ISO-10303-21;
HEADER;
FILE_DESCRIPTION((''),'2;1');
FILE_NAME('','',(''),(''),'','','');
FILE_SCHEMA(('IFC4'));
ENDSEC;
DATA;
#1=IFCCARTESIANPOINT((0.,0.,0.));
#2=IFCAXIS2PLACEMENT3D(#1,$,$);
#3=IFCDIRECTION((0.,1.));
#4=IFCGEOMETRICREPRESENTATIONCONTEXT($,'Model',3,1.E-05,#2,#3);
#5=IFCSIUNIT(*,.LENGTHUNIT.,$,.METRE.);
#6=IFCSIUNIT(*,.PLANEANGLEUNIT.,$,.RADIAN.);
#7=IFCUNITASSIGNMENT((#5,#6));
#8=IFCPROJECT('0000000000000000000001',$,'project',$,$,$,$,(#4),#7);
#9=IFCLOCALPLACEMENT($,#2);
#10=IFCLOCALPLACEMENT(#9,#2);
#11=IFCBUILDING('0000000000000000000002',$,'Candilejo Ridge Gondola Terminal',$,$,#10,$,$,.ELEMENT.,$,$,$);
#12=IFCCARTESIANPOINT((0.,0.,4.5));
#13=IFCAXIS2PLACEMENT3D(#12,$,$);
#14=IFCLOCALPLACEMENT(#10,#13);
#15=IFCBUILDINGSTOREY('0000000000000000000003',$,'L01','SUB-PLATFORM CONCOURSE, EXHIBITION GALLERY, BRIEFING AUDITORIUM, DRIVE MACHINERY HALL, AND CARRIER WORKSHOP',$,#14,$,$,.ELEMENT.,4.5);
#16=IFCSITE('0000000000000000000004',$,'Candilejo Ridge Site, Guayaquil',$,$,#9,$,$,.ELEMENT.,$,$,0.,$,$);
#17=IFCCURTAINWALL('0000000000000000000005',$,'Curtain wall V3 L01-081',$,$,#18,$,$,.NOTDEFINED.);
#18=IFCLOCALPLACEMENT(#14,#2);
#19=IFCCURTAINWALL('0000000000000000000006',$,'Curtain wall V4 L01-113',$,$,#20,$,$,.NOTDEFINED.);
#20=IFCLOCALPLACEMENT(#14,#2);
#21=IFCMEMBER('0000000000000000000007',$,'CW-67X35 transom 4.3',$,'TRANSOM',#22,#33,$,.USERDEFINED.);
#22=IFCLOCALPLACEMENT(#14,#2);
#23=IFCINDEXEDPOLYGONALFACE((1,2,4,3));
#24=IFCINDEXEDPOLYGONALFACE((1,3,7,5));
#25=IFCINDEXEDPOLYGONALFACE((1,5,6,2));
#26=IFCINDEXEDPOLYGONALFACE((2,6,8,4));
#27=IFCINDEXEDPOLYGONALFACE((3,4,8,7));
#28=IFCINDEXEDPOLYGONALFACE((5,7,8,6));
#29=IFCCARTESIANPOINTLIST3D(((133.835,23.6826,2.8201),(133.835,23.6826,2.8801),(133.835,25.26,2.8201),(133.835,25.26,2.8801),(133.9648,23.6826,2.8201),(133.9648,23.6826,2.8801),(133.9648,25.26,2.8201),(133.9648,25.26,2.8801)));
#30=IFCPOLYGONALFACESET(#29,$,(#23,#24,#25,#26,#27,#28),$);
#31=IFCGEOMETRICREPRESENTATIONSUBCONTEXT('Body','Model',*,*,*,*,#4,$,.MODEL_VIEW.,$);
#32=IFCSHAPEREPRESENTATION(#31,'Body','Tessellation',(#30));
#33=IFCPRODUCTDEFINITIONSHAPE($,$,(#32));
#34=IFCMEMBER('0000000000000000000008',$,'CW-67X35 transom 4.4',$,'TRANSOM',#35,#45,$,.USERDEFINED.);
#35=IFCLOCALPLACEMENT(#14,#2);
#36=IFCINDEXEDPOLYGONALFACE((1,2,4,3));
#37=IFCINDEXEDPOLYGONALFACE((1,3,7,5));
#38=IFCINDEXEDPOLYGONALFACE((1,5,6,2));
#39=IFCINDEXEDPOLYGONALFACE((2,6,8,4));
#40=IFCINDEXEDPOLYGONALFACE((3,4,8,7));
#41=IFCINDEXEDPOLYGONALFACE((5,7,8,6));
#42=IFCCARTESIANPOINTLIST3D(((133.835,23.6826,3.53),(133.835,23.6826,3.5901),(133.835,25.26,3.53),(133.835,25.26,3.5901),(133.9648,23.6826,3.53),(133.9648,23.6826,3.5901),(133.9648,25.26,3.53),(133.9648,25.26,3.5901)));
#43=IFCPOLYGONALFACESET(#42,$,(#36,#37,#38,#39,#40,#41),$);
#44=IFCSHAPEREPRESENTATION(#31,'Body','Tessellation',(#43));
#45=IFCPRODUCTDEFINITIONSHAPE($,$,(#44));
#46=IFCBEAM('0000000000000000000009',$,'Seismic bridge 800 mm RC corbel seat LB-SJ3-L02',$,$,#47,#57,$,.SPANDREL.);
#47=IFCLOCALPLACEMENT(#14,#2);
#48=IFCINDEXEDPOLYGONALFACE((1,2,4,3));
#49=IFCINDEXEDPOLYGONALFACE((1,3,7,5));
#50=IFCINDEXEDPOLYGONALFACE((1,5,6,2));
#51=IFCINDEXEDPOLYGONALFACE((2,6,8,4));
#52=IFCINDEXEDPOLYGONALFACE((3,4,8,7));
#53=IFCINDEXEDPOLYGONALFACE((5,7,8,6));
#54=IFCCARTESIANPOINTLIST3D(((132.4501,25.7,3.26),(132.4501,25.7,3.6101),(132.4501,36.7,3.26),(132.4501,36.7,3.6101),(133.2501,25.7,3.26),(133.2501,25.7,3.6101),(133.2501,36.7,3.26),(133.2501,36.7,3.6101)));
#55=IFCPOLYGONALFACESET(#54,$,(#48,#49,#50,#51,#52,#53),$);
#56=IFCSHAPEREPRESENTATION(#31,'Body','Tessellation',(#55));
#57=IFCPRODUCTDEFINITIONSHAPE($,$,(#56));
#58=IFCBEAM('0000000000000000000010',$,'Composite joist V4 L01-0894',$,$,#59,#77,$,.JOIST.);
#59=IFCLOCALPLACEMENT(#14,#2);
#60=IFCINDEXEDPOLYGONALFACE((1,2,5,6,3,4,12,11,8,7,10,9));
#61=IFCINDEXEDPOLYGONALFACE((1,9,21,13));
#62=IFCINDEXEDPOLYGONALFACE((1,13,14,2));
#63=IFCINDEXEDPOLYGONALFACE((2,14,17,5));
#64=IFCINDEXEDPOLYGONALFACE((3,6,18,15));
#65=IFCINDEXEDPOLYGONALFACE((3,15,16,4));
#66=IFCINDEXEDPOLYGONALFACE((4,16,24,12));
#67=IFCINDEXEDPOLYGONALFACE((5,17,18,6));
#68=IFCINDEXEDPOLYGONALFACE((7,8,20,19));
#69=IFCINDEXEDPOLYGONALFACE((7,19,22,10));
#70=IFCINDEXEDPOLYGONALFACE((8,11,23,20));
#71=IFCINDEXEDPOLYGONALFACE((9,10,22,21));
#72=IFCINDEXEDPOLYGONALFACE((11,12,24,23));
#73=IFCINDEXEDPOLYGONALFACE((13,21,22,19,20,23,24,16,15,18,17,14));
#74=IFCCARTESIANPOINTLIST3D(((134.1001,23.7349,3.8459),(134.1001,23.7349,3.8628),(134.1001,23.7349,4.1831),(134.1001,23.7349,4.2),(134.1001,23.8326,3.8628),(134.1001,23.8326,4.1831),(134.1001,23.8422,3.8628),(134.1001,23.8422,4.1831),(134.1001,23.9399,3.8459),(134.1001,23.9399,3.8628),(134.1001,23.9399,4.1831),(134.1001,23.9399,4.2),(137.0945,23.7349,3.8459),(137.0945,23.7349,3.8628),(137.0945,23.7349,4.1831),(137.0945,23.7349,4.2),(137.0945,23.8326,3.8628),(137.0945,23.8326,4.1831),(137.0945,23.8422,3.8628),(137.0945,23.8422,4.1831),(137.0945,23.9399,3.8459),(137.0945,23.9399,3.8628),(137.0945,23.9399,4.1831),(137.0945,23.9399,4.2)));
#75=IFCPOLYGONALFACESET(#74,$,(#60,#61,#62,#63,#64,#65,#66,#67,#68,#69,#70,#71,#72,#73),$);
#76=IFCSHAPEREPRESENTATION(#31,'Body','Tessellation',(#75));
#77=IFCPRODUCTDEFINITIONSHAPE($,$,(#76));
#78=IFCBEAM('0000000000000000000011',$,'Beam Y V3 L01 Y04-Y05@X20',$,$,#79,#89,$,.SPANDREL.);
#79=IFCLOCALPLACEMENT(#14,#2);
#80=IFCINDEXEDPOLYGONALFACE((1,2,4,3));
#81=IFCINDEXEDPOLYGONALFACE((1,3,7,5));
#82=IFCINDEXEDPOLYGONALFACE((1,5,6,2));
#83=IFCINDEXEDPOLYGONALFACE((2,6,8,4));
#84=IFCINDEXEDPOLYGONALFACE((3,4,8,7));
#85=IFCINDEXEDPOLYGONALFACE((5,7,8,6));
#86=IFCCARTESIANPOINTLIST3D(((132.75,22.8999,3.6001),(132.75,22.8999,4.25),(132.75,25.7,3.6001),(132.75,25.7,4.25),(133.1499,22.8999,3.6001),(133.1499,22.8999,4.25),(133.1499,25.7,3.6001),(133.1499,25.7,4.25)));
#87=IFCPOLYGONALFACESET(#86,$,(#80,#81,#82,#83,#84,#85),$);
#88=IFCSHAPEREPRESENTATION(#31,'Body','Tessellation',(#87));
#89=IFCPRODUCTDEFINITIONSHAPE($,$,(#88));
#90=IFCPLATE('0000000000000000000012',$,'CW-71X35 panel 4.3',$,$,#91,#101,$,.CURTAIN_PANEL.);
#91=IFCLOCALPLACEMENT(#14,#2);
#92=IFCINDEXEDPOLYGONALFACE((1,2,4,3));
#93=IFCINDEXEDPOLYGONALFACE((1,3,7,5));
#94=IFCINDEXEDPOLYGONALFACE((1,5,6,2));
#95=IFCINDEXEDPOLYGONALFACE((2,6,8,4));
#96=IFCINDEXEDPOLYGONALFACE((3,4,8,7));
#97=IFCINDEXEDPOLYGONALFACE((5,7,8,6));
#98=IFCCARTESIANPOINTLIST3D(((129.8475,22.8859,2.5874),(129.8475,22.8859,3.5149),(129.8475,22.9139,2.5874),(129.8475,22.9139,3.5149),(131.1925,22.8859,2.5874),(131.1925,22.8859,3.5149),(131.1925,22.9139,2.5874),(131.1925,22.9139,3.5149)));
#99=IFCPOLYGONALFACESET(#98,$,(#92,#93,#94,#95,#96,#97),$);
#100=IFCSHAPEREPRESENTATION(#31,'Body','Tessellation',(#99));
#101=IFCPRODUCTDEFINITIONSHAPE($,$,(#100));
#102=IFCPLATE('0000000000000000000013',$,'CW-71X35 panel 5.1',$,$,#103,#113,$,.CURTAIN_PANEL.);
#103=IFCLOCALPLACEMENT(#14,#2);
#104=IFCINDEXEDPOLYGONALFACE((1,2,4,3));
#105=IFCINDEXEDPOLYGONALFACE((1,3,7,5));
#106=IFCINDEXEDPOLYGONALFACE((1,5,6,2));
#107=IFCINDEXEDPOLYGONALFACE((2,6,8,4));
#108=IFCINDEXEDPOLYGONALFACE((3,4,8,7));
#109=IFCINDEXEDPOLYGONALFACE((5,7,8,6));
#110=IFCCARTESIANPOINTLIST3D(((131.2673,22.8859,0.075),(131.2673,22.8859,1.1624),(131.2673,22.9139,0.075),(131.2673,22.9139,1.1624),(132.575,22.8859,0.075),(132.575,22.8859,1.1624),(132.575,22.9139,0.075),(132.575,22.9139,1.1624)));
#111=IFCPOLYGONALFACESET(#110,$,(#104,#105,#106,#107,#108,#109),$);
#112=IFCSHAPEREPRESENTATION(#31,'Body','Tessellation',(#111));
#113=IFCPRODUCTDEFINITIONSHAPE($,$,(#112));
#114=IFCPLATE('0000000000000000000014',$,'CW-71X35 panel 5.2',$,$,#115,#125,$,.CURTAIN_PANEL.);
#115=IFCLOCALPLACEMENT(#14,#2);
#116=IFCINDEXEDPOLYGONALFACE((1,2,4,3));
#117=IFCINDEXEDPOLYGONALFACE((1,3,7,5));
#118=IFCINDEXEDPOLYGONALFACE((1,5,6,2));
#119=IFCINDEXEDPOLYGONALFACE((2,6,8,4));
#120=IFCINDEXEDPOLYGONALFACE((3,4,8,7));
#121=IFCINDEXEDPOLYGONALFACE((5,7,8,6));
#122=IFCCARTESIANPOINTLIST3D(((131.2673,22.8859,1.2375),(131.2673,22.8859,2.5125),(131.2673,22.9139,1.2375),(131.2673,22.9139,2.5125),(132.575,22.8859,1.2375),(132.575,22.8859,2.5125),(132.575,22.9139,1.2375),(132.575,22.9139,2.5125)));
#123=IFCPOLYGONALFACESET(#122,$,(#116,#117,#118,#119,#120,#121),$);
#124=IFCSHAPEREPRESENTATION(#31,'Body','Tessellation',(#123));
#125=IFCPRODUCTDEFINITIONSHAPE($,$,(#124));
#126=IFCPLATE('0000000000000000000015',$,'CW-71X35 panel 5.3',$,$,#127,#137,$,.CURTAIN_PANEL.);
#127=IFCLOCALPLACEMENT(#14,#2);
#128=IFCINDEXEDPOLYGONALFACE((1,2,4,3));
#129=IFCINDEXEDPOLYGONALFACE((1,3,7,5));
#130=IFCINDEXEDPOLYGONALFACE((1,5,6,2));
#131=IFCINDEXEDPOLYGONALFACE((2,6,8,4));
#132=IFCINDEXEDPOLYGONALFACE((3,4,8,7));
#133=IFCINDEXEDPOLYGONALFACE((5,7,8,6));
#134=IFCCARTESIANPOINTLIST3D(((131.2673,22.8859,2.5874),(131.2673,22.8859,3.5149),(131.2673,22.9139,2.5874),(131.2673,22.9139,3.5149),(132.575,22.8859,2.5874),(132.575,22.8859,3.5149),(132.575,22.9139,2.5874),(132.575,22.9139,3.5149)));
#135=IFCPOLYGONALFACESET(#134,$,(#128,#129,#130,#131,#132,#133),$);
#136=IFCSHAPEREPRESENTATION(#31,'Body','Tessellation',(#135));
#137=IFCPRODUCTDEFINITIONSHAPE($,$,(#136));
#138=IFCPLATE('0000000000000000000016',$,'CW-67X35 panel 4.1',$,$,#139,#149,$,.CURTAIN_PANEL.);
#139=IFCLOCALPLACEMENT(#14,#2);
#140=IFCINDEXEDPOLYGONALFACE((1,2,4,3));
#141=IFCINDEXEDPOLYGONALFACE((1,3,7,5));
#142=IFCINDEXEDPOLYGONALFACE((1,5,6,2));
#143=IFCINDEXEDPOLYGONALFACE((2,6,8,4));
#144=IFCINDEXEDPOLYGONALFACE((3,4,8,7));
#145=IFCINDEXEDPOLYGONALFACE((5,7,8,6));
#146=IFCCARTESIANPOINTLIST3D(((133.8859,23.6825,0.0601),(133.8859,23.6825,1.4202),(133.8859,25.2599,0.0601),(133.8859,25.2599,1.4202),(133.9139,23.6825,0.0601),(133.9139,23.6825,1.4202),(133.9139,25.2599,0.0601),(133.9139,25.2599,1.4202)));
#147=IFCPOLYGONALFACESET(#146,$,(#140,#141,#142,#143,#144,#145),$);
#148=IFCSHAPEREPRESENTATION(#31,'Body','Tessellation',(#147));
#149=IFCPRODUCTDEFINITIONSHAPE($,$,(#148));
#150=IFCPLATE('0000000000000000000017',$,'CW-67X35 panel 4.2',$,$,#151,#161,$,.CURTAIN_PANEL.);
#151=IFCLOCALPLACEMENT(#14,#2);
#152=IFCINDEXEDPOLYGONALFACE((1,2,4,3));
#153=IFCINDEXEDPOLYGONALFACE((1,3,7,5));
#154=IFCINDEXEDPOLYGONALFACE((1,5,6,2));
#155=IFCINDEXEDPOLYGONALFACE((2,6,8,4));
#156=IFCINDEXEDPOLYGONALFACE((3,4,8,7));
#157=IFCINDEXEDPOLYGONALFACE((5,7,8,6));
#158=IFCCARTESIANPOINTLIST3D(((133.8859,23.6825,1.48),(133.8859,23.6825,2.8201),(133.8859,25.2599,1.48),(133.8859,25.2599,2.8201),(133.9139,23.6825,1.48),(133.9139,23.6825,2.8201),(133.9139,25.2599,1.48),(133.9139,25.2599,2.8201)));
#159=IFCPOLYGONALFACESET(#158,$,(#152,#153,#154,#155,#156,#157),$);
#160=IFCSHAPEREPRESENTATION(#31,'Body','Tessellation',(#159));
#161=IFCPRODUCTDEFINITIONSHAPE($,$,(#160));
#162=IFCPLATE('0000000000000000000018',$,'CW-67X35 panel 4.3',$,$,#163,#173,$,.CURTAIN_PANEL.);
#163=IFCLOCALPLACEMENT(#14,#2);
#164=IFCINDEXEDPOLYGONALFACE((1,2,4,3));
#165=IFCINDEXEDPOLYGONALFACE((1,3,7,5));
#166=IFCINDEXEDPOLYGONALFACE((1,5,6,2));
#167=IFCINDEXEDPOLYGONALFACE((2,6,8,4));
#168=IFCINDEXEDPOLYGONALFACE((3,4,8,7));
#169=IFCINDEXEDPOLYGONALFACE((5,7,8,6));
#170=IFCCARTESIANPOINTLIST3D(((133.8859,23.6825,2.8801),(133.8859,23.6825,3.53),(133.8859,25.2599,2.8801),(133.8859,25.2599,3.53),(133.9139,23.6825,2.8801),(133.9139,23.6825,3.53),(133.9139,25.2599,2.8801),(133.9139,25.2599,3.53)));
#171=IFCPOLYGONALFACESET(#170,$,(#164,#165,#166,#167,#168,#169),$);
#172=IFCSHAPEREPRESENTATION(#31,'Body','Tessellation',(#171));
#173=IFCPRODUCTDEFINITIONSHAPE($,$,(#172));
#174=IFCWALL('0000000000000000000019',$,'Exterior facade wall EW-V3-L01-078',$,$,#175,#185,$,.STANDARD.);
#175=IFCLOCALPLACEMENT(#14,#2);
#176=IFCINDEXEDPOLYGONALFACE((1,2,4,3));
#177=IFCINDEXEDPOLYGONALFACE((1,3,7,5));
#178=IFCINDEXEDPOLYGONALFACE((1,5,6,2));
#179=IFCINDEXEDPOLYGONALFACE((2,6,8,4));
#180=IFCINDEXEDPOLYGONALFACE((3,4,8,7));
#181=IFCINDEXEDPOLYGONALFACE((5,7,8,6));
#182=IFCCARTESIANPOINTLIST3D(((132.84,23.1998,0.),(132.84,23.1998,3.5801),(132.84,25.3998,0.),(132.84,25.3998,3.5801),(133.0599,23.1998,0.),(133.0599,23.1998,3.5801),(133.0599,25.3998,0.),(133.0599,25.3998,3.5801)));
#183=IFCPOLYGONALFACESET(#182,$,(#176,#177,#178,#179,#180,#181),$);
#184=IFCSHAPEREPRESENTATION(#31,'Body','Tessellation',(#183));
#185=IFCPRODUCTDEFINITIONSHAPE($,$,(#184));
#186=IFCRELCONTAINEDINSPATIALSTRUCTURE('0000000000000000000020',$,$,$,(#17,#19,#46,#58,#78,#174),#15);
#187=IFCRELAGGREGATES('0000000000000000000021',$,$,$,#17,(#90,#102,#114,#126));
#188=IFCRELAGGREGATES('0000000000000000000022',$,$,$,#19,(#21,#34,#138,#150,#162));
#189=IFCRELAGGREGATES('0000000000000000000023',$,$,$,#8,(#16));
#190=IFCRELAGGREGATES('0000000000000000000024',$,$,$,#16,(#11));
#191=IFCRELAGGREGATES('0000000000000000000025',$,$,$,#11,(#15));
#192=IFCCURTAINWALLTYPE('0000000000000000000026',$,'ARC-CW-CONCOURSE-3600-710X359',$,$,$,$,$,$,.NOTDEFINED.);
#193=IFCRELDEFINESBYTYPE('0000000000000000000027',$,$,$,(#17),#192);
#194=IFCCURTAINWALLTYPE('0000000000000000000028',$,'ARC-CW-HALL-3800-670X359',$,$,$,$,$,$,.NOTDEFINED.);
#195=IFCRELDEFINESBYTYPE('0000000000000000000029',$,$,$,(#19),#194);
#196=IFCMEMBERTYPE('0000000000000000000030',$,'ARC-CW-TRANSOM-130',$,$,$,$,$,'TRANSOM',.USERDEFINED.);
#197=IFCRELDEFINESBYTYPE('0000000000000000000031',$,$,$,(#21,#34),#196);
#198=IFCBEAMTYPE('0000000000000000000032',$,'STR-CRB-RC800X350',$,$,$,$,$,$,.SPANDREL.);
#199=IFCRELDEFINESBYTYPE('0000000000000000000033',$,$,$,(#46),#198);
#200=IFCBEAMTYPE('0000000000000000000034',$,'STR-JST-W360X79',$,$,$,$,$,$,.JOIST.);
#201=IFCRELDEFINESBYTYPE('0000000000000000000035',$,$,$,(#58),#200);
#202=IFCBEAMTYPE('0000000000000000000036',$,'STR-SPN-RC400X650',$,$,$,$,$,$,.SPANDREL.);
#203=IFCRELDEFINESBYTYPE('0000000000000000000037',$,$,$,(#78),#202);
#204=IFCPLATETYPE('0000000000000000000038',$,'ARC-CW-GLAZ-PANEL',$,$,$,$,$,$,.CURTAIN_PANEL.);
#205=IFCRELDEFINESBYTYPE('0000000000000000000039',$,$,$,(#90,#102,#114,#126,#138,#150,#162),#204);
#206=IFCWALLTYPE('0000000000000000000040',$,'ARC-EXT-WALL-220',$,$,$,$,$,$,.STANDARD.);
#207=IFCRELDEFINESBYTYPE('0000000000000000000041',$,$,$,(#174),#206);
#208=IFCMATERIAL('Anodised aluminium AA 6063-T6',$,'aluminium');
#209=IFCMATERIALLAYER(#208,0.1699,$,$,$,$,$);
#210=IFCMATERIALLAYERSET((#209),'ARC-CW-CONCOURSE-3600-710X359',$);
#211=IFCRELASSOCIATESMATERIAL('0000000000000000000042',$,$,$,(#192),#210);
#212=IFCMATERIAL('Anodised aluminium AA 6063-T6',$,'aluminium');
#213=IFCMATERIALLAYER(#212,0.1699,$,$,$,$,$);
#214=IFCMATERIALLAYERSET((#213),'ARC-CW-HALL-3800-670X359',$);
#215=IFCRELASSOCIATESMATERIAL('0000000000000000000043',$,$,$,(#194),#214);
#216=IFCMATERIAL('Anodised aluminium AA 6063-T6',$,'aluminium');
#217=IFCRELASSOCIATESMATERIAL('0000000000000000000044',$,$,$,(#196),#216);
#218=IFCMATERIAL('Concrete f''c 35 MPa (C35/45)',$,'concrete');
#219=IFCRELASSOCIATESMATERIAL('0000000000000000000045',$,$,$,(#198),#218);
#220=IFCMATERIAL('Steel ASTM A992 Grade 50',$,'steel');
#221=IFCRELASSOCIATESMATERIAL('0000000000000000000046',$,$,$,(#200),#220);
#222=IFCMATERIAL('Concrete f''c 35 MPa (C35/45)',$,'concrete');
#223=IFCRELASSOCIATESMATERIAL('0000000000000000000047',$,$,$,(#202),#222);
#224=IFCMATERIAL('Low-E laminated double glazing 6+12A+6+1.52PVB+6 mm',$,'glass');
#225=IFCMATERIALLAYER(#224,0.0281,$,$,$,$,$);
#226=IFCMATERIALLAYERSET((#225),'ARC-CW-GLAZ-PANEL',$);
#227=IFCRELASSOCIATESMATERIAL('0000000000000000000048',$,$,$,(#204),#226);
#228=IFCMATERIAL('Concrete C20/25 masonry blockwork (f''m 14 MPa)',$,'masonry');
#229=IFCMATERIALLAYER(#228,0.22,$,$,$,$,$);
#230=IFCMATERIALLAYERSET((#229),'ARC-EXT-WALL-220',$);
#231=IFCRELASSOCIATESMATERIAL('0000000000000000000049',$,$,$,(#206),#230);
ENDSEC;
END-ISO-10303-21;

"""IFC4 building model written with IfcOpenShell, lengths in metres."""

from ifc_helpers import new_model, si_unit, direction, frame, frame_2d, origin, origin_2d, place, context, subcontext, project, spatial, rectangle, i_section, extrude, material, layer, layer_set, material_profile, profile_set, type_object, element, aggregate, save


model = new_model("IFC4")

# Units and contexts
model_context = context("Model", 3, precision=1e-05, world=origin(), true_north=direction((0.0, 1.0)))
body_context = subcontext(model_context, "Body", "Model", "MODEL_VIEW")
ifc_project = project(units=[si_unit("LENGTHUNIT", "METRE"), si_unit("PLANEANGLEUNIT", "RADIAN")], contexts=[model_context])

# Site, building, storey
site_placement = place(None, origin())
site = spatial("IfcSite", under=ifc_project, at=site_placement, Name="Candilejo Ridge Site, Guayaquil", CompositionType="ELEMENT", RefElevation=0.0)
building_placement = place(site_placement, origin())
building = spatial("IfcBuilding", under=site, at=building_placement, Name="Candilejo Ridge Gondola Terminal", CompositionType="ELEMENT")
storey_placement = place(building_placement, frame((0.0, 0.0, 4.5)))
storey = spatial("IfcBuildingStorey", under=building, at=storey_placement, Name="L01", Description="SUB-PLATFORM CONCOURSE, EXHIBITION GALLERY, BRIEFING AUDITORIUM, DRIVE MACHINERY HALL, AND CARRIER WORKSHOP", CompositionType="ELEMENT", Elevation=4.5)

# Curtain walls
ifc_material_1 = material(Name="Anodised aluminium AA 6063-T6", Category="aluminium")
ifc_layer_1 = layer(ifc_material_1, 0.1699)
ifc_layer_set_1 = layer_set([ifc_layer_1], Name="ARC-CW-CONCOURSE-3600-710X359")
curtain_wall_type_1 = type_object("IfcCurtainWallType", Name="ARC-CW-CONCOURSE-3600-710X359", PredefinedType="NOTDEFINED", material=ifc_layer_set_1)
curtain_wall_1_placement = place(storey_placement, origin())
curtain_wall_1 = element("IfcCurtainWall", 1, at=curtain_wall_1_placement, inside=storey, type_object=curtain_wall_type_1, Name="Curtain wall V3 L01-081", PredefinedType="NOTDEFINED")
ifc_material_2 = material(Name="Anodised aluminium AA 6063-T6", Category="aluminium")
ifc_layer_2 = layer(ifc_material_2, 0.1699)
ifc_layer_set_2 = layer_set([ifc_layer_2], Name="ARC-CW-HALL-3800-670X359")
curtain_wall_type_2 = type_object("IfcCurtainWallType", Name="ARC-CW-HALL-3800-670X359", PredefinedType="NOTDEFINED", material=ifc_layer_set_2)
curtain_wall_2_placement = place(storey_placement, origin())
curtain_wall_2 = element("IfcCurtainWall", 2, at=curtain_wall_2_placement, inside=storey, type_object=curtain_wall_type_2, Name="Curtain wall V4 L01-113", PredefinedType="NOTDEFINED")

# Members
ifc_material_3 = material(Name="Anodised aluminium AA 6063-T6", Category="aluminium")
ifc_material_profile_1 = material_profile(ifc_material_3, rectangle(XDim=0.1299, YDim=0.0601, at=origin_2d()))
ifc_profile_set_1 = profile_set([ifc_material_profile_1], Name="Anodised aluminium AA 6063-T6")
member_type_1 = type_object("IfcMemberType", Name="ARC-CW-TRANSOM-130", ElementType="TRANSOM", PredefinedType="USERDEFINED", material=ifc_profile_set_1)
member_1_placement = place(storey_placement, frame((133.8999, 23.6826, 2.8501), z_axis=(0.0, 1.0, 0.0), x_axis=(-1.0, 0.0, 0.0)))
member_1 = element("IfcMember", 3, at=member_1_placement, type_object=member_type_1, Name="CW-67X35 transom 4.3", ObjectType="TRANSOM", PredefinedType="USERDEFINED", context=body_context, shape_type="SweptSolid", body=[
    extrude(rectangle(XDim=0.1299, YDim=0.0601, at=origin_2d()), origin(), (0.0, 0.0, 1.0), 1.5774),
])
member_2_placement = place(storey_placement, frame((133.8999, 23.6826, 3.5601), z_axis=(0.0, 1.0, 0.0), x_axis=(-1.0, 0.0, 0.0)))
member_2 = element("IfcMember", 4, at=member_2_placement, type_object=member_type_1, Name="CW-67X35 transom 4.4", ObjectType="TRANSOM", PredefinedType="USERDEFINED", context=body_context, shape_type="SweptSolid", body=[
    extrude(rectangle(XDim=0.1299, YDim=0.0601, at=origin_2d()), origin(), (0.0, 0.0, 1.0), 1.5774),
])

# Beams
ifc_material_4 = material(Name="Concrete f'c 35 MPa (C35/45)", Category="concrete")
ifc_material_profile_2 = material_profile(ifc_material_4, rectangle(XDim=0.8, YDim=0.3501, at=origin_2d()))
ifc_profile_set_2 = profile_set([ifc_material_profile_2], Name="Concrete f'c 35 MPa (C35/45)")
beam_type_1 = type_object("IfcBeamType", Name="STR-CRB-RC800X350", PredefinedType="SPANDREL", material=ifc_profile_set_2)
beam_1_placement = place(storey_placement, frame((132.8501, 25.7, 3.4351), z_axis=(0.0, 1.0, 0.0), x_axis=(-1.0, 0.0, 0.0)))
element("IfcBeam", 5, at=beam_1_placement, inside=storey, type_object=beam_type_1, Name="Seismic bridge 800 mm RC corbel seat LB-SJ3-L02", PredefinedType="SPANDREL", context=body_context, shape_type="SweptSolid", body=[
    extrude(rectangle(XDim=0.8, YDim=0.3501, at=origin_2d()), origin(), (0.0, 0.0, 1.0), 11.0),
])
ifc_material_5 = material(Name="Steel ASTM A992 Grade 50", Category="steel")
ifc_material_profile_3 = material_profile(ifc_material_5, i_section(OverallWidth=0.2051, OverallDepth=0.354, WebThickness=0.0095, FlangeThickness=0.0168, at=origin_2d()))
ifc_profile_set_3 = profile_set([ifc_material_profile_3], Name="Steel ASTM A992 Grade 50")
beam_type_2 = type_object("IfcBeamType", Name="STR-JST-W360X79", PredefinedType="JOIST", material=ifc_profile_set_3)
beam_2_placement = place(storey_placement, frame((134.1001, 23.8374, 4.0229), z_axis=(1.0, 0.0, 0.0), x_axis=(0.0, 1.0, 0.0)))
element("IfcBeam", 6, at=beam_2_placement, inside=storey, type_object=beam_type_2, Name="Composite joist V4 L01-0894", PredefinedType="JOIST", context=body_context, shape_type="SweptSolid", body=[
    extrude(i_section(OverallWidth=0.2051, OverallDepth=0.354, WebThickness=0.0095, FlangeThickness=0.0168, at=origin_2d()), origin(), (0.0, 0.0, 1.0), 2.9944),
])
ifc_material_6 = material(Name="Concrete f'c 35 MPa (C35/45)", Category="concrete")
ifc_material_profile_4 = material_profile(ifc_material_6, rectangle(XDim=0.3999, YDim=0.6499, at=origin_2d()))
ifc_profile_set_4 = profile_set([ifc_material_profile_4], Name="Concrete f'c 35 MPa (C35/45)")
beam_type_3 = type_object("IfcBeamType", Name="STR-SPN-RC400X650", PredefinedType="SPANDREL", material=ifc_profile_set_4)
beam_3_placement = place(storey_placement, frame((132.95, 22.8999, 3.925), z_axis=(0.0, 1.0, 0.0), x_axis=(-1.0, 0.0, 0.0)))
element("IfcBeam", 7, at=beam_3_placement, inside=storey, type_object=beam_type_3, Name="Beam Y V3 L01 Y04-Y05@X20", PredefinedType="SPANDREL", context=body_context, shape_type="SweptSolid", body=[
    extrude(rectangle(XDim=0.3999, YDim=0.6499, at=origin_2d()), origin(), (0.0, 0.0, 1.0), 2.8),
])

# Plates
ifc_material_7 = material(Name="Low-E laminated double glazing 6+12A+6+1.52PVB+6 mm", Category="glass")
ifc_layer_3 = layer(ifc_material_7, 0.0281)
ifc_layer_set_3 = layer_set([ifc_layer_3], Name="ARC-CW-GLAZ-PANEL")
plate_type = type_object("IfcPlateType", Name="ARC-CW-GLAZ-PANEL", PredefinedType="CURTAIN_PANEL", material=ifc_layer_set_3)
plate_1_placement = place(storey_placement, frame((130.52, 22.8999, 2.5874), z_axis=(0.0, 0.0, 1.0), x_axis=(1.0, 0.0, 0.0)))
plate_1 = element("IfcPlate", 8, at=plate_1_placement, type_object=plate_type, Name="CW-71X35 panel 4.3", PredefinedType="CURTAIN_PANEL", context=body_context, shape_type="SweptSolid", body=[
    extrude(rectangle(XDim=1.345, YDim=0.0281, at=origin_2d()), origin(), (0.0, 0.0, 1.0), 0.9275),
])
plate_2_placement = place(storey_placement, frame((131.9211, 22.8999, 0.075), z_axis=(0.0, 0.0, 1.0), x_axis=(1.0, 0.0, 0.0)))
plate_2 = element("IfcPlate", 9, at=plate_2_placement, type_object=plate_type, Name="CW-71X35 panel 5.1", PredefinedType="CURTAIN_PANEL", context=body_context, shape_type="SweptSolid", body=[
    extrude(rectangle(XDim=1.3076, YDim=0.0281, at=origin_2d()), origin(), (0.0, 0.0, 1.0), 1.0874),
])
plate_3_placement = place(storey_placement, frame((131.9211, 22.8999, 1.2375), z_axis=(0.0, 0.0, 1.0), x_axis=(1.0, 0.0, 0.0)))
plate_3 = element("IfcPlate", 10, at=plate_3_placement, type_object=plate_type, Name="CW-71X35 panel 5.2", PredefinedType="CURTAIN_PANEL", context=body_context, shape_type="SweptSolid", body=[
    extrude(rectangle(XDim=1.3076, YDim=0.0281, at=origin_2d()), origin(), (0.0, 0.0, 1.0), 1.2749),
])
plate_4_placement = place(storey_placement, frame((131.9211, 22.8999, 2.5874), z_axis=(0.0, 0.0, 1.0), x_axis=(1.0, 0.0, 0.0)))
plate_4 = element("IfcPlate", 11, at=plate_4_placement, type_object=plate_type, Name="CW-71X35 panel 5.3", PredefinedType="CURTAIN_PANEL", context=body_context, shape_type="SweptSolid", body=[
    extrude(rectangle(XDim=1.3076, YDim=0.0281, at=origin_2d()), origin(), (0.0, 0.0, 1.0), 0.9275),
])
aggregate(curtain_wall_1, [plate_1, plate_2, plate_3, plate_4])
plate_5_placement = place(storey_placement, frame((133.8999, 24.4712, 0.0601), z_axis=(0.0, 0.0, 1.0), x_axis=(0.0, 1.0, 0.0)))
plate_5 = element("IfcPlate", 12, at=plate_5_placement, type_object=plate_type, Name="CW-67X35 panel 4.1", PredefinedType="CURTAIN_PANEL", context=body_context, shape_type="SweptSolid", body=[
    extrude(rectangle(XDim=1.5774, YDim=0.0281, at=origin_2d()), origin(), (0.0, 0.0, 1.0), 1.3601),
])
plate_6_placement = place(storey_placement, frame((133.8999, 24.4712, 1.48), z_axis=(0.0, 0.0, 1.0), x_axis=(0.0, 1.0, 0.0)))
plate_6 = element("IfcPlate", 13, at=plate_6_placement, type_object=plate_type, Name="CW-67X35 panel 4.2", PredefinedType="CURTAIN_PANEL", context=body_context, shape_type="SweptSolid", body=[
    extrude(rectangle(XDim=1.5774, YDim=0.0281, at=origin_2d()), origin(), (0.0, 0.0, 1.0), 1.3401),
])
plate_7_placement = place(storey_placement, frame((133.8999, 24.4712, 2.8801), z_axis=(0.0, 0.0, 1.0), x_axis=(0.0, 1.0, 0.0)))
plate_7 = element("IfcPlate", 14, at=plate_7_placement, type_object=plate_type, Name="CW-67X35 panel 4.3", PredefinedType="CURTAIN_PANEL", context=body_context, shape_type="SweptSolid", body=[
    extrude(rectangle(XDim=1.5774, YDim=0.0281, at=origin_2d()), origin(), (0.0, 0.0, 1.0), 0.6499),
])
aggregate(curtain_wall_2, [member_1, member_2, plate_5, plate_6, plate_7])

# Wall
ifc_material_8 = material(Name="Concrete C20/25 masonry blockwork (f'm 14 MPa)", Category="masonry")
ifc_layer_4 = layer(ifc_material_8, 0.22)
ifc_layer_set_4 = layer_set([ifc_layer_4], Name="ARC-EXT-WALL-220")
wall_type = type_object("IfcWallType", Name="ARC-EXT-WALL-220", PredefinedType="STANDARD", material=ifc_layer_set_4)
wall_placement = place(storey_placement, frame((132.95, 25.3999, 0.0), z_axis=(0.0, 0.0, 1.0), x_axis=(0.0, -1.0, 0.0)))
element("IfcWall", 15, at=wall_placement, inside=storey, type_object=wall_type, Name="Exterior facade wall EW-V3-L01-078", PredefinedType="STANDARD", context=body_context, shape_type="SweptSolid", body=[
    extrude(rectangle(XDim=2.2, YDim=0.22, at=frame_2d((1.1001, 0.0))), origin(), (0.0, 0.0, 1.0), 3.5801),
])

save(model, "model.ifc")
